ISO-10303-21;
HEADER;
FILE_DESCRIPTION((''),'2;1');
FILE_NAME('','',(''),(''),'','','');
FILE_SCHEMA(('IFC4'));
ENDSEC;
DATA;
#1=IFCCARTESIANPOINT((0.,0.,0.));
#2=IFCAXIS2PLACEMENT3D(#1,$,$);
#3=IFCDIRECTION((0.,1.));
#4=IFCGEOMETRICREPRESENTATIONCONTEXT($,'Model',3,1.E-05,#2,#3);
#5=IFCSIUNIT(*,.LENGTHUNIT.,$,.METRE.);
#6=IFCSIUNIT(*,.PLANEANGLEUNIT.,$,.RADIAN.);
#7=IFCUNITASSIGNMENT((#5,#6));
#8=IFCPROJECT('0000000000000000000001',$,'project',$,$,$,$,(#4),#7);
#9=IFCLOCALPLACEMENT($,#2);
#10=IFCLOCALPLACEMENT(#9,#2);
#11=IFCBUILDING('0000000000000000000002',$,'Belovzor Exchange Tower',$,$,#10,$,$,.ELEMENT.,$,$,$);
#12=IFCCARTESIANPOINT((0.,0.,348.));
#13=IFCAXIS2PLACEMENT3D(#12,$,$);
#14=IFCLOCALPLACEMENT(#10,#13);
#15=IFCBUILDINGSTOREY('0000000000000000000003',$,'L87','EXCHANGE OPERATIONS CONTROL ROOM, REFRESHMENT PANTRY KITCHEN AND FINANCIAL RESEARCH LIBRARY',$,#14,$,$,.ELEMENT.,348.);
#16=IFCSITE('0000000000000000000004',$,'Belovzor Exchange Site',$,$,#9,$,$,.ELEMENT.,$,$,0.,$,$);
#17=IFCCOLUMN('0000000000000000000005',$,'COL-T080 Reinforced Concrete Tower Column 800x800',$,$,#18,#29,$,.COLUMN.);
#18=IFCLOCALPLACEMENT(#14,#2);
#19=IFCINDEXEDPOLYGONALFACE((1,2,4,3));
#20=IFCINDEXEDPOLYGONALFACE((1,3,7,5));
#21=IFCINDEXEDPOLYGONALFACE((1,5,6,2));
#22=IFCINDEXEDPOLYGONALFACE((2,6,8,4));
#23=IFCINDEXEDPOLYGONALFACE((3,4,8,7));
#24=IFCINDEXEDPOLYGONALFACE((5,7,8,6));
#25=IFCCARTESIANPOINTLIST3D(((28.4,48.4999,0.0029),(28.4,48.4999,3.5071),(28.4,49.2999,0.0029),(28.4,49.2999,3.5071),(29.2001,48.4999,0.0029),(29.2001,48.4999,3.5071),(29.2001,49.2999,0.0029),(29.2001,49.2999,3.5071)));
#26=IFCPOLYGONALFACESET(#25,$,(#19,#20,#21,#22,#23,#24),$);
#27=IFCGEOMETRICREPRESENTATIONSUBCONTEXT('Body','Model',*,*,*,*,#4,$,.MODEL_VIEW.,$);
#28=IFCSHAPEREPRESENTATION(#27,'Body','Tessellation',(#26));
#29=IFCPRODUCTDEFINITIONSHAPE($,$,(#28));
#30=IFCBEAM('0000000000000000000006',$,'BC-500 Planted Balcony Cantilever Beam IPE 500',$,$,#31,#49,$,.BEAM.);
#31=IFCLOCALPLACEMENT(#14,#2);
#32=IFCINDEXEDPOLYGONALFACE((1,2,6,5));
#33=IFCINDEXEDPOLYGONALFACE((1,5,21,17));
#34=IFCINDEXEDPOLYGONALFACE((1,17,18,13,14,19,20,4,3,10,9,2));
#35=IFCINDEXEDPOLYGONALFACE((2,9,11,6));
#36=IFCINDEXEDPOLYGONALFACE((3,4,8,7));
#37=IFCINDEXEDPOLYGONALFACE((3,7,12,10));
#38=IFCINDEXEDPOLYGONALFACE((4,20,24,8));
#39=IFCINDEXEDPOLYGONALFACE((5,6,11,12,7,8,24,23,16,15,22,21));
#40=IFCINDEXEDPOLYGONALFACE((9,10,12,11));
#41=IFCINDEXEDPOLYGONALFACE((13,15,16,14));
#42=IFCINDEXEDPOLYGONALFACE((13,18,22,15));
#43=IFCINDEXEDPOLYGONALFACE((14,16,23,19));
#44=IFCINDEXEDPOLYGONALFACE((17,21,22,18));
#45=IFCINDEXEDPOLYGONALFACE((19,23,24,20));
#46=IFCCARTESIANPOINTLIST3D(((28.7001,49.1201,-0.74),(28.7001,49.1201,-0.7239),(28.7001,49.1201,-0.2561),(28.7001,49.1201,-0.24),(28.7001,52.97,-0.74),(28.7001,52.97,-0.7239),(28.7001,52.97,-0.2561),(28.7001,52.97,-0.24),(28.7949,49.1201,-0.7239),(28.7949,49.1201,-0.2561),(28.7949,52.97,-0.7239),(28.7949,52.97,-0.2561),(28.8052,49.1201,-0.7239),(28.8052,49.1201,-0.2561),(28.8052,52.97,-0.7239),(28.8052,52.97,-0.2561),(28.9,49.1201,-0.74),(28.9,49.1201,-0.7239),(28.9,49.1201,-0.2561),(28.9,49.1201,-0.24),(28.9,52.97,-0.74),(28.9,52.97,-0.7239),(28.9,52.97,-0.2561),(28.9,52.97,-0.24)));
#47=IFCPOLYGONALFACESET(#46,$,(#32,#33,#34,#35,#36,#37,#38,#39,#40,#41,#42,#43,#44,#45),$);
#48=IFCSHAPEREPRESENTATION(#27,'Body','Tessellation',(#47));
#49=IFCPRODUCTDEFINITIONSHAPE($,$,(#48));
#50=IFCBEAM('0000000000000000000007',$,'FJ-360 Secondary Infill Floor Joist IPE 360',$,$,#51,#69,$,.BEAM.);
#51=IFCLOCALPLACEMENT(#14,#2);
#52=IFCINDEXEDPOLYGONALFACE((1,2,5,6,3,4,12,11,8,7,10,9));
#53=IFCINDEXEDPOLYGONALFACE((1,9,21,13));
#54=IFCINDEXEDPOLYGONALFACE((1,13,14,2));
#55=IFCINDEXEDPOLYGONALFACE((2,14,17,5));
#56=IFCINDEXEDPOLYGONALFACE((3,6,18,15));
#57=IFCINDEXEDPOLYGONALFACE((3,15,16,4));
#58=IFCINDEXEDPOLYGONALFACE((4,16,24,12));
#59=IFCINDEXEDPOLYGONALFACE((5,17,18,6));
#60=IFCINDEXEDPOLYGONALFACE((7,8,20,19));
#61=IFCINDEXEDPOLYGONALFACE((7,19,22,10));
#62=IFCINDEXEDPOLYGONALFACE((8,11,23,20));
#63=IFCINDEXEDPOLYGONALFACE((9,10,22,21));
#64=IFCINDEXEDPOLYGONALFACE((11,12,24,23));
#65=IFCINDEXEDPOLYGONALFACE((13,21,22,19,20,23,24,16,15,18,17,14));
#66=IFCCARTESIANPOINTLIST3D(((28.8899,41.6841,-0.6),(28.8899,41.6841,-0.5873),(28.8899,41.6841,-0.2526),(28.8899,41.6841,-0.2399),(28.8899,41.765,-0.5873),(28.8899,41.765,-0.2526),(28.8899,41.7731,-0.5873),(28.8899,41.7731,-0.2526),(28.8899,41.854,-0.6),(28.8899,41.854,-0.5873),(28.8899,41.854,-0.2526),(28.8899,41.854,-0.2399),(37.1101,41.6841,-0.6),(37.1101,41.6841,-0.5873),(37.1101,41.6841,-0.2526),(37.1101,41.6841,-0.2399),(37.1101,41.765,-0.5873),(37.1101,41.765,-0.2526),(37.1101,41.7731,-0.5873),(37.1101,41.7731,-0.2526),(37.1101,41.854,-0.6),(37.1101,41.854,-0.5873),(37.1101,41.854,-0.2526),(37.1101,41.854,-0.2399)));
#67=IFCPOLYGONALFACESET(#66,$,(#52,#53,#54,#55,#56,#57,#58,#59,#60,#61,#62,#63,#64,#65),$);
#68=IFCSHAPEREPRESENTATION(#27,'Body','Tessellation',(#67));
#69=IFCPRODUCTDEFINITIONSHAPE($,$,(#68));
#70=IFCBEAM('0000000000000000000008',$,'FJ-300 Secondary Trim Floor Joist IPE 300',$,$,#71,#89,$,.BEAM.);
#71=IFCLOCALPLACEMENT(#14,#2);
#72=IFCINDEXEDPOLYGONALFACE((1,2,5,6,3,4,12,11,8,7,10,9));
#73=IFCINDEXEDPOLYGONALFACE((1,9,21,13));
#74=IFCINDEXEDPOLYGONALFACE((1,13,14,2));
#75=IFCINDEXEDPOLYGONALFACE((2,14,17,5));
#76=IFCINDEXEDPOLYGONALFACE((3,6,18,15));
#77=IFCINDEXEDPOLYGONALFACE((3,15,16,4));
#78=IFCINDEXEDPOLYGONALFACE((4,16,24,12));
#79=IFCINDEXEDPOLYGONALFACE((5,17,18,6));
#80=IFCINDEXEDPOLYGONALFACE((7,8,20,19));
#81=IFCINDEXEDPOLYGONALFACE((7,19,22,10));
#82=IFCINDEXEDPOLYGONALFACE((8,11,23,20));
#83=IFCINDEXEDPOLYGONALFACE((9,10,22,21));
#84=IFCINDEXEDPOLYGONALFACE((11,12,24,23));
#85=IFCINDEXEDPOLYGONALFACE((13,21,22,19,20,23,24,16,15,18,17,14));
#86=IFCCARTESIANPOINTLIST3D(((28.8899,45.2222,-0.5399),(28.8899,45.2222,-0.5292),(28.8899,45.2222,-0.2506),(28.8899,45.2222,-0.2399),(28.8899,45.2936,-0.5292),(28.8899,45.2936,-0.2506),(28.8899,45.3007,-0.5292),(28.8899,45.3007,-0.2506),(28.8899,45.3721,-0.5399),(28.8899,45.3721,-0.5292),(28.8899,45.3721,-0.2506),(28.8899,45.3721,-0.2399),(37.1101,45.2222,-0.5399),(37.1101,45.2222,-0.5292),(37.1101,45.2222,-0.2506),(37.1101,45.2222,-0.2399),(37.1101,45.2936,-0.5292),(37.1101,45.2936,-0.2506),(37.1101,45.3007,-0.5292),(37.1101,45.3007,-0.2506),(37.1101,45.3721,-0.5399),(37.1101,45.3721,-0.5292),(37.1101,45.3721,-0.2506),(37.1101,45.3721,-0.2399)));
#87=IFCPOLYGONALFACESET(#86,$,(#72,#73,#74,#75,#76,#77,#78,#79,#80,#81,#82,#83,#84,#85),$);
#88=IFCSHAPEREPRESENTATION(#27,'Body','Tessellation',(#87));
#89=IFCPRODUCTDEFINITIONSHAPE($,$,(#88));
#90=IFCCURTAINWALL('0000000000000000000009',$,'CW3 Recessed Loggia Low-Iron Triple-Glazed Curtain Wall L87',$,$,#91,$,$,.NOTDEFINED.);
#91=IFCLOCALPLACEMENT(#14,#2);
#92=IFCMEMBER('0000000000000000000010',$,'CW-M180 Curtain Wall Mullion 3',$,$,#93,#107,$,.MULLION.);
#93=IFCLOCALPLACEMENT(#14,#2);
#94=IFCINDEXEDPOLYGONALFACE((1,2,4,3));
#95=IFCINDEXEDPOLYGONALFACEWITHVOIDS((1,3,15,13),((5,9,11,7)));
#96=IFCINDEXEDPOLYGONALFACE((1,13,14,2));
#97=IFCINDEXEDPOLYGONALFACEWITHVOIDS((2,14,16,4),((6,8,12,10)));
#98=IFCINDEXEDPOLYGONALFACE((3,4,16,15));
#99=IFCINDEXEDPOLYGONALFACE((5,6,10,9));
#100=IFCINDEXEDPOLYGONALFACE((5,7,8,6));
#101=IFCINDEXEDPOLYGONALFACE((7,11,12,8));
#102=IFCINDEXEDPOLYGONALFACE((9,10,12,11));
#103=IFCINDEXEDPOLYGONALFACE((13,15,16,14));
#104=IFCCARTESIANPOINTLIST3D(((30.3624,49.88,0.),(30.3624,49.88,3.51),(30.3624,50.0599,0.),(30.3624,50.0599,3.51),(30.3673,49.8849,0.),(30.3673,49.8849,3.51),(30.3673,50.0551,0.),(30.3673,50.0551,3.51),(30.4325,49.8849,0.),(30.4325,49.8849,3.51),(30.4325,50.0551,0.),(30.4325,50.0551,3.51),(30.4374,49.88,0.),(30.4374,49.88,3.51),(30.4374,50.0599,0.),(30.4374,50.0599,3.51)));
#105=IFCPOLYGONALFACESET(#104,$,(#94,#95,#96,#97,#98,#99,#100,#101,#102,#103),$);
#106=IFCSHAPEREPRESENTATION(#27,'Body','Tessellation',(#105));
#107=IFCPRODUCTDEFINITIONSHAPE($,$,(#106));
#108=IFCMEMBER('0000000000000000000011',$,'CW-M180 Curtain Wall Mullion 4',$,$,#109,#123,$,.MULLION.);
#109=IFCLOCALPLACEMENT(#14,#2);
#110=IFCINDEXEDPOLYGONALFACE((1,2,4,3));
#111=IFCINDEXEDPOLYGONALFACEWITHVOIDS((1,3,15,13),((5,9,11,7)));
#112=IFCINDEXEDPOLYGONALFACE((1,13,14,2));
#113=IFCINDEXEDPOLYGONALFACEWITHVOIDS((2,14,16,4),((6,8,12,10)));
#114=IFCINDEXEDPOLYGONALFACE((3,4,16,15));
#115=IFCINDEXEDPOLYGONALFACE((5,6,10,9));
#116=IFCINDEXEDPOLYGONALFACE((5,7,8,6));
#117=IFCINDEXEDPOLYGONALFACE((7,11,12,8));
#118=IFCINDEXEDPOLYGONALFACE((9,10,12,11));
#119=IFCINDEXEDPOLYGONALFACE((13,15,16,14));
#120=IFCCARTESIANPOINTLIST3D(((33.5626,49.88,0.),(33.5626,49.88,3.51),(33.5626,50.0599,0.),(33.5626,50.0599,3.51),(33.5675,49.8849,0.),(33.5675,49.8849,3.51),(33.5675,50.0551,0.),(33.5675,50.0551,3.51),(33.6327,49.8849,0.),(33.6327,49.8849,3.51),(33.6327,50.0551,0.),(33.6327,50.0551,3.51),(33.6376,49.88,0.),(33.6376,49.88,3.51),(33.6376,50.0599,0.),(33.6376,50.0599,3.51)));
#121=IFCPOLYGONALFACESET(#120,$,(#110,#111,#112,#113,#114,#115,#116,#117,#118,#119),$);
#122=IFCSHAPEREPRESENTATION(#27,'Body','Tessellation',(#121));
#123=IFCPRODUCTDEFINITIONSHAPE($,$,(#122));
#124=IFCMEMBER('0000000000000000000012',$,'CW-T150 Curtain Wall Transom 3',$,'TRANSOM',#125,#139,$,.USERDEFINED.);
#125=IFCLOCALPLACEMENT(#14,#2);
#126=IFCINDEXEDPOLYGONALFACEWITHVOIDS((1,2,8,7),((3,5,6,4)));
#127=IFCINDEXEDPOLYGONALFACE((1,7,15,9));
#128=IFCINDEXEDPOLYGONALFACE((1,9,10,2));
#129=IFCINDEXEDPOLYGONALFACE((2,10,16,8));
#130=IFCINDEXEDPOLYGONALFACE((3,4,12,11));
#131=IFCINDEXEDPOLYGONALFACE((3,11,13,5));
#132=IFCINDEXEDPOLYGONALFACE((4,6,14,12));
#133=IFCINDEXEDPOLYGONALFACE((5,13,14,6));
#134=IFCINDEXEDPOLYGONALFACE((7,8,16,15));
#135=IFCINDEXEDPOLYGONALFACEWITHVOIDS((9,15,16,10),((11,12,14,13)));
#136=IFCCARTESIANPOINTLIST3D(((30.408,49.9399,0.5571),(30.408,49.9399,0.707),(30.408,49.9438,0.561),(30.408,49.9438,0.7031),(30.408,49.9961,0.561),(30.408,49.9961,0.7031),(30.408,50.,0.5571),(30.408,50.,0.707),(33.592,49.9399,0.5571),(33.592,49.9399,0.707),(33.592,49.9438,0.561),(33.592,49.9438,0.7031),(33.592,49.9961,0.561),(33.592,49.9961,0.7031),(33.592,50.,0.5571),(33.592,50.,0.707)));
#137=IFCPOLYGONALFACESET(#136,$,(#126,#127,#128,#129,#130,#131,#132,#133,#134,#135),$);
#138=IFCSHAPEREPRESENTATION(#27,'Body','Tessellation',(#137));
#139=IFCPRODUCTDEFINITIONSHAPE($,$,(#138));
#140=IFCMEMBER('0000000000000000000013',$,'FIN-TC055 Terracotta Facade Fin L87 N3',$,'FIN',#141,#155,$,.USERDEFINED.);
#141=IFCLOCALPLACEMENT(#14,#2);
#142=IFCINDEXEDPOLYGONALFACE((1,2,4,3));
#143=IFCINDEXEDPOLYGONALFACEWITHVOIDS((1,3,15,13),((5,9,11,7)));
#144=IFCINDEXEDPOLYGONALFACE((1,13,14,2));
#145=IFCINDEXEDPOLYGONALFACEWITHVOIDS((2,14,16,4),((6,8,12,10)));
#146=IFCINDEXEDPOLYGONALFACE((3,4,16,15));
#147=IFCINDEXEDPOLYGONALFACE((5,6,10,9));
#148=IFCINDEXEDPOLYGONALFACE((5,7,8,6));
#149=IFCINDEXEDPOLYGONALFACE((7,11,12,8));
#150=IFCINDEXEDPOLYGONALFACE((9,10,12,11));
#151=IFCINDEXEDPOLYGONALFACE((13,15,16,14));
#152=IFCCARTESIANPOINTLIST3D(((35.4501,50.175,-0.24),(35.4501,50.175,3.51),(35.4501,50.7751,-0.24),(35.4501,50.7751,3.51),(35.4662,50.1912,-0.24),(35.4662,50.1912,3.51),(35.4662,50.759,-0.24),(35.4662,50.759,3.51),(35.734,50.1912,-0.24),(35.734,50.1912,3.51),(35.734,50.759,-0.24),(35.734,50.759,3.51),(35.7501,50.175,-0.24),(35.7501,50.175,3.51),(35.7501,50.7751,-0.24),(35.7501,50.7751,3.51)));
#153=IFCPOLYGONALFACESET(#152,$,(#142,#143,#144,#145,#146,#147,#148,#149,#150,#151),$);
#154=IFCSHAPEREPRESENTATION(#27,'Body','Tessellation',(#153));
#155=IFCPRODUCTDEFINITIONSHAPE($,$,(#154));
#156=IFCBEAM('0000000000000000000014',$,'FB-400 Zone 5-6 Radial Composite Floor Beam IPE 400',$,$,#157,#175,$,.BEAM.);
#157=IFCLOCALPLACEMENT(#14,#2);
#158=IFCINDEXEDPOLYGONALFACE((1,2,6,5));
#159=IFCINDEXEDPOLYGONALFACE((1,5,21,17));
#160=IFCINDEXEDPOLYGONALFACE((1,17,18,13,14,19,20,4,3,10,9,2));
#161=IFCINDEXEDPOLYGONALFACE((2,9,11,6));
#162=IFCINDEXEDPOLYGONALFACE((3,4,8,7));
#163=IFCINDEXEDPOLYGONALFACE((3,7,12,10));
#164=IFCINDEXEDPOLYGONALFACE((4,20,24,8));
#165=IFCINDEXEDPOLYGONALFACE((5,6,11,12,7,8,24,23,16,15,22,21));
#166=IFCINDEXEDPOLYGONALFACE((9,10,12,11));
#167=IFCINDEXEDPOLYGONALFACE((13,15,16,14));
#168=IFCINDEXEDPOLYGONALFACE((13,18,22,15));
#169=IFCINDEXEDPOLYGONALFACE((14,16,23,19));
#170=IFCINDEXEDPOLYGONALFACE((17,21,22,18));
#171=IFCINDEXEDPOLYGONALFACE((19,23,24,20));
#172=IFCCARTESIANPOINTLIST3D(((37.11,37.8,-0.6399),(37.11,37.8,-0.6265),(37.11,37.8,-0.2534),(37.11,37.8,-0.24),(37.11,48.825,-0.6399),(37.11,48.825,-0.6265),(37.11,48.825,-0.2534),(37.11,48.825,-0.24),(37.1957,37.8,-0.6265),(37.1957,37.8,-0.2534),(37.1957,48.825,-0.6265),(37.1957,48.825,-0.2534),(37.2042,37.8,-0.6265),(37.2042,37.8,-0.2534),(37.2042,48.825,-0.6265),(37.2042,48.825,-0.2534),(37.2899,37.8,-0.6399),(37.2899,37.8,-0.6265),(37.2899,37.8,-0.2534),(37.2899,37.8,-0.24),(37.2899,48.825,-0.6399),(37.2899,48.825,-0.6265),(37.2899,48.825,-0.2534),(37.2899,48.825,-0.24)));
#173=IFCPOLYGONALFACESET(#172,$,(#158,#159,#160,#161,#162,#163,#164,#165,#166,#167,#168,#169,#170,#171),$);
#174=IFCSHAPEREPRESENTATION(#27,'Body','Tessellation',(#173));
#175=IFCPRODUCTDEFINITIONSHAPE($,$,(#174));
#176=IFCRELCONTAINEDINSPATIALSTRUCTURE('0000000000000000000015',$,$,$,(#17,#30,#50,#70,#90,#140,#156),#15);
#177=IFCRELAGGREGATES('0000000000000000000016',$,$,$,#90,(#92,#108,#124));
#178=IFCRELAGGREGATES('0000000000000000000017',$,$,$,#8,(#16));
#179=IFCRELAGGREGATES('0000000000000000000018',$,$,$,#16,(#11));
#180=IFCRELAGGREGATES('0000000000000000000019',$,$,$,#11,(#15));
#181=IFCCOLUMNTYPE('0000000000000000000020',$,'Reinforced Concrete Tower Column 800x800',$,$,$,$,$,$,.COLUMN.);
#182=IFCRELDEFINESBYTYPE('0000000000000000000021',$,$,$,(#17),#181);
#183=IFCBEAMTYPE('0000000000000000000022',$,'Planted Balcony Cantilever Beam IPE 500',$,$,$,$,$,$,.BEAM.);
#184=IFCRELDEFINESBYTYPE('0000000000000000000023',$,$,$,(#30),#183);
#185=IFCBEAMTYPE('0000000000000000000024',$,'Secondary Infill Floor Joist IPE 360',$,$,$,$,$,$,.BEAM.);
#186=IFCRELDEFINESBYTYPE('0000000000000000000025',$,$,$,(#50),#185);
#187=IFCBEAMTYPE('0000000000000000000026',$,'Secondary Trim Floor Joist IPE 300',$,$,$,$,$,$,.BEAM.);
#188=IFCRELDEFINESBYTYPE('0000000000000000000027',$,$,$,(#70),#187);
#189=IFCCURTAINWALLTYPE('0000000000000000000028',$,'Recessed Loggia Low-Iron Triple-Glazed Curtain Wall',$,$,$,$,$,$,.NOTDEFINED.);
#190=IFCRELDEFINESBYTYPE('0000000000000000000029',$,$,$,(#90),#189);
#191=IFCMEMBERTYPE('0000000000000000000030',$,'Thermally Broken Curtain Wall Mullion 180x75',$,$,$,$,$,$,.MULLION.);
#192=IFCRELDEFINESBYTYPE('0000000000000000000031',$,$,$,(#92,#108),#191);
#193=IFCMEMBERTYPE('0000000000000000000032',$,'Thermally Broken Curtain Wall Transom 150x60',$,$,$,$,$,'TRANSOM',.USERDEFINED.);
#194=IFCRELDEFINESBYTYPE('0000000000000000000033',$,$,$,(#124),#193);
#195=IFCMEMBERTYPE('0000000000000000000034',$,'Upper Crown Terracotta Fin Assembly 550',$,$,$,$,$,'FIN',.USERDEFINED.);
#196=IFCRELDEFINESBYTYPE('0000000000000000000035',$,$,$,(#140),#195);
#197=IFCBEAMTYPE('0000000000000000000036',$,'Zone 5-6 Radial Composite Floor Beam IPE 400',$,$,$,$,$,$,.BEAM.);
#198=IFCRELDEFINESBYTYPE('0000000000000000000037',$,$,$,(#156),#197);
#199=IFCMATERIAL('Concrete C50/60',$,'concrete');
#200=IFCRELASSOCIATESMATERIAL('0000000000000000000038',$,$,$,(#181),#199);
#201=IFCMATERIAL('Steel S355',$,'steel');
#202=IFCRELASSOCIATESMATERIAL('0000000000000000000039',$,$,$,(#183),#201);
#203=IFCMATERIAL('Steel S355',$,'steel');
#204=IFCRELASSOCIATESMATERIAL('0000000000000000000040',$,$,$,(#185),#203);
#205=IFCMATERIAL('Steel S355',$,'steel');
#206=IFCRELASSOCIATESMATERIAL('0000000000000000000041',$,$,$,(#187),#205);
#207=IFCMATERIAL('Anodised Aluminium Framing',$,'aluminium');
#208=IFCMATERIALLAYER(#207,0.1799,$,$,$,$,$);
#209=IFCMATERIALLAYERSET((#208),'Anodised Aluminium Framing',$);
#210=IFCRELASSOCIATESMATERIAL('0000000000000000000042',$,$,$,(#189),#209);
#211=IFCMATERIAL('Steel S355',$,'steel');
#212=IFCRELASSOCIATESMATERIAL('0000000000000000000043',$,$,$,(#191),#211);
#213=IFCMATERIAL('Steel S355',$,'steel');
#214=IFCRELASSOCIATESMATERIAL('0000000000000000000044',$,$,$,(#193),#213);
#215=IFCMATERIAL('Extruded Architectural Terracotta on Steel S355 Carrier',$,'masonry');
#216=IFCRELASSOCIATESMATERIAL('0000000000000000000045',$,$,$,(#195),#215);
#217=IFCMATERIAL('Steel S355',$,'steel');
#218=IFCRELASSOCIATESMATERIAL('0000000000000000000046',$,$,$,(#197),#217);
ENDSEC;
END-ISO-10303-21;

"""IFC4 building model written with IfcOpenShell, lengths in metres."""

from ifc_helpers import new_model, si_unit, direction, frame, origin, origin_2d, place, context, subcontext, project, spatial, rectangle, hollow_rectangle, i_section, extrude, material, layer, layer_set, material_profile, profile_set, type_object, element, aggregate, save


model = new_model("IFC4")

# Units and contexts
model_context = context("Model", 3, precision=1e-05, world=origin(), true_north=direction((0.0, 1.0)))
body_context = subcontext(model_context, "Body", "Model", "MODEL_VIEW")
ifc_project = project(units=[si_unit("LENGTHUNIT", "METRE"), si_unit("PLANEANGLEUNIT", "RADIAN")], contexts=[model_context])

# Site, building, storey
site_placement = place(None, origin())
site = spatial("IfcSite", under=ifc_project, at=site_placement, Name="Belovzor Exchange Site", CompositionType="ELEMENT", RefElevation=0.0)
building_placement = place(site_placement, origin())
building = spatial("IfcBuilding", under=site, at=building_placement, Name="Belovzor Exchange Tower", CompositionType="ELEMENT")
storey_placement = place(building_placement, frame((0.0, 0.0, 348.0)))
storey = spatial("IfcBuildingStorey", under=building, at=storey_placement, Name="L87", Description="EXCHANGE OPERATIONS CONTROL ROOM, REFRESHMENT PANTRY KITCHEN AND FINANCIAL RESEARCH LIBRARY", CompositionType="ELEMENT", Elevation=348.0)

# Column
ifc_material_1 = material(Name="Concrete C50/60", Category="concrete")
ifc_material_profile_1 = material_profile(ifc_material_1, rectangle(XDim=0.8, YDim=0.8, at=origin_2d()))
ifc_profile_set_1 = profile_set([ifc_material_profile_1], Name="Concrete C50/60")
column_type = type_object("IfcColumnType", Name="Reinforced Concrete Tower Column 800x800", PredefinedType="COLUMN", material=ifc_profile_set_1)
column_placement = place(storey_placement, frame((28.8, 48.8999, 0.0029), z_axis=(0.0, 0.0, 1.0), x_axis=(1.0, 0.0, 0.0)))
element("IfcColumn", 1, at=column_placement, inside=storey, type_object=column_type, Name="COL-T080 Reinforced Concrete Tower Column 800x800", PredefinedType="COLUMN", context=body_context, shape_type="SweptSolid", body=[
    extrude(rectangle(XDim=0.8, YDim=0.8, at=origin_2d()), origin(), (0.0, 0.0, 1.0), 3.5042),
])

# Beams
ifc_material_2 = material(Name="Steel S355", Category="steel")
ifc_material_profile_2 = material_profile(ifc_material_2, i_section(OverallWidth=0.2, OverallDepth=0.5, WebThickness=0.0103, FlangeThickness=0.0161, at=origin_2d()))
ifc_profile_set_2 = profile_set([ifc_material_profile_2], Name="Steel S355")
beam_type_1 = type_object("IfcBeamType", Name="Planted Balcony Cantilever Beam IPE 500", PredefinedType="BEAM", material=ifc_profile_set_2)
beam_1_placement = place(storey_placement, frame((28.8, 49.1201, -0.49), z_axis=(0.0, 1.0, 0.0), x_axis=(-1.0, 0.0, 0.0)))
element("IfcBeam", 2, at=beam_1_placement, inside=storey, type_object=beam_type_1, Name="BC-500 Planted Balcony Cantilever Beam IPE 500", PredefinedType="BEAM", context=body_context, shape_type="SweptSolid", body=[
    extrude(i_section(OverallWidth=0.2, OverallDepth=0.5, WebThickness=0.0103, FlangeThickness=0.0161, at=origin_2d()), origin(), (0.0, 0.0, 1.0), 3.8499),
])
ifc_material_3 = material(Name="Steel S355", Category="steel")
ifc_material_profile_3 = material_profile(ifc_material_3, i_section(OverallWidth=0.1699, OverallDepth=0.3601, WebThickness=0.0081, FlangeThickness=0.0127, at=origin_2d()))
ifc_profile_set_3 = profile_set([ifc_material_profile_3], Name="Steel S355")
beam_type_2 = type_object("IfcBeamType", Name="Secondary Infill Floor Joist IPE 360", PredefinedType="BEAM", material=ifc_profile_set_3)
beam_2_placement = place(storey_placement, frame((28.8899, 41.769, -0.4199), z_axis=(1.0, 0.0, 0.0), x_axis=(0.0, 1.0, 0.0)))
element("IfcBeam", 3, at=beam_2_placement, inside=storey, type_object=beam_type_2, Name="FJ-360 Secondary Infill Floor Joist IPE 360", PredefinedType="BEAM", context=body_context, shape_type="SweptSolid", body=[
    extrude(i_section(OverallWidth=0.1699, OverallDepth=0.3601, WebThickness=0.0081, FlangeThickness=0.0127, at=origin_2d()), origin(), (0.0, 0.0, 1.0), 8.2202),
])
ifc_material_4 = material(Name="Steel S355", Category="steel")
ifc_material_profile_4 = material_profile(ifc_material_4, i_section(OverallWidth=0.1499, OverallDepth=0.3, WebThickness=0.0071, FlangeThickness=0.0107, at=origin_2d()))
ifc_profile_set_4 = profile_set([ifc_material_profile_4], Name="Steel S355")
beam_type_3 = type_object("IfcBeamType", Name="Secondary Trim Floor Joist IPE 300", PredefinedType="BEAM", material=ifc_profile_set_4)
beam_3_placement = place(storey_placement, frame((28.8899, 45.2971, -0.3899), z_axis=(1.0, 0.0, 0.0), x_axis=(0.0, 1.0, 0.0)))
element("IfcBeam", 4, at=beam_3_placement, inside=storey, type_object=beam_type_3, Name="FJ-300 Secondary Trim Floor Joist IPE 300", PredefinedType="BEAM", context=body_context, shape_type="SweptSolid", body=[
    extrude(i_section(OverallWidth=0.1499, OverallDepth=0.3, WebThickness=0.0071, FlangeThickness=0.0107, at=origin_2d()), origin(), (0.0, 0.0, 1.0), 8.2202),
])

# Curtain wall, members
ifc_material_5 = material(Name="Anodised Aluminium Framing", Category="aluminium")
ifc_layer_1 = layer(ifc_material_5, 0.1799)
ifc_layer_set_1 = layer_set([ifc_layer_1], Name="Anodised Aluminium Framing")
curtain_wall_type = type_object("IfcCurtainWallType", Name="Recessed Loggia Low-Iron Triple-Glazed Curtain Wall", PredefinedType="NOTDEFINED", material=ifc_layer_set_1)
curtain_wall_placement = place(storey_placement, origin())
curtain_wall = element("IfcCurtainWall", 5, at=curtain_wall_placement, inside=storey, type_object=curtain_wall_type, Name="CW3 Recessed Loggia Low-Iron Triple-Glazed Curtain Wall L87", PredefinedType="NOTDEFINED")
ifc_material_6 = material(Name="Steel S355", Category="steel")
ifc_material_profile_5 = material_profile(ifc_material_6, hollow_rectangle(XDim=0.075, YDim=0.1799, WallThickness=0.0049, at=origin_2d()))
ifc_profile_set_5 = profile_set([ifc_material_profile_5], Name="Steel S355")
member_type_1 = type_object("IfcMemberType", Name="Thermally Broken Curtain Wall Mullion 180x75", PredefinedType="MULLION", material=ifc_profile_set_5)
member_1_placement = place(storey_placement, frame((30.3999, 49.97, 0.0), z_axis=(0.0, 0.0, 1.0), x_axis=(1.0, 0.0, 0.0)))
member_1 = element("IfcMember", 6, at=member_1_placement, type_object=member_type_1, Name="CW-M180 Curtain Wall Mullion 3", PredefinedType="MULLION", context=body_context, shape_type="SweptSolid", body=[
    extrude(hollow_rectangle(XDim=0.075, YDim=0.1799, WallThickness=0.0049, at=origin_2d()), origin(), (0.0, 0.0, 1.0), 3.51),
])
member_2_placement = place(storey_placement, frame((33.6001, 49.97, 0.0), z_axis=(0.0, 0.0, 1.0), x_axis=(1.0, 0.0, 0.0)))
member_2 = element("IfcMember", 7, at=member_2_placement, type_object=member_type_1, Name="CW-M180 Curtain Wall Mullion 4", PredefinedType="MULLION", context=body_context, shape_type="SweptSolid", body=[
    extrude(hollow_rectangle(XDim=0.075, YDim=0.1799, WallThickness=0.0049, at=origin_2d()), origin(), (0.0, 0.0, 1.0), 3.51),
])
ifc_material_7 = material(Name="Steel S355", Category="steel")
ifc_material_profile_6 = material_profile(ifc_material_7, hollow_rectangle(XDim=0.0601, YDim=0.1499, WallThickness=0.0039, at=origin_2d()))
ifc_profile_set_6 = profile_set([ifc_material_profile_6], Name="Steel S355")
member_type_2 = type_object("IfcMemberType", Name="Thermally Broken Curtain Wall Transom 150x60", ElementType="TRANSOM", PredefinedType="USERDEFINED", material=ifc_profile_set_6)
member_3_placement = place(storey_placement, frame((30.408, 49.97, 0.6321), z_axis=(1.0, 0.0, 0.0), x_axis=(0.0, 1.0, 0.0)))
member_3 = element("IfcMember", 8, at=member_3_placement, type_object=member_type_2, Name="CW-T150 Curtain Wall Transom 3", ObjectType="TRANSOM", PredefinedType="USERDEFINED", context=body_context, shape_type="SweptSolid", body=[
    extrude(hollow_rectangle(XDim=0.0601, YDim=0.1499, WallThickness=0.0039, at=origin_2d()), origin(), (0.0, 0.0, 1.0), 3.1841),
])

# Member
ifc_material_8 = material(Name="Extruded Architectural Terracotta on Steel S355 Carrier", Category="masonry")
ifc_material_profile_7 = material_profile(ifc_material_8, hollow_rectangle(XDim=0.3, YDim=0.6001, WallThickness=0.0161, at=origin_2d()))
ifc_profile_set_7 = profile_set([ifc_material_profile_7], Name="Extruded Architectural Terracotta on Steel S355 Carrier")
member_type_3 = type_object("IfcMemberType", Name="Upper Crown Terracotta Fin Assembly 550", ElementType="FIN", PredefinedType="USERDEFINED", material=ifc_profile_set_7)
member_4_placement = place(storey_placement, frame((35.6001, 50.4751, -0.24), z_axis=(0.0, 0.0, 1.0), x_axis=(1.0, 0.0, 0.0)))
element("IfcMember", 9, at=member_4_placement, inside=storey, type_object=member_type_3, Name="FIN-TC055 Terracotta Facade Fin L87 N3", ObjectType="FIN", PredefinedType="USERDEFINED", context=body_context, shape_type="SweptSolid", body=[
    extrude(hollow_rectangle(XDim=0.3, YDim=0.6001, WallThickness=0.0161, at=origin_2d()), origin(), (0.0, 0.0, 1.0), 3.75),
])

# Beam
ifc_material_9 = material(Name="Steel S355", Category="steel")
ifc_material_profile_8 = material_profile(ifc_material_9, i_section(OverallWidth=0.1799, OverallDepth=0.3999, WebThickness=0.0085, FlangeThickness=0.0134, at=origin_2d()))
ifc_profile_set_8 = profile_set([ifc_material_profile_8], Name="Steel S355")
beam_type_4 = type_object("IfcBeamType", Name="Zone 5-6 Radial Composite Floor Beam IPE 400", PredefinedType="BEAM", material=ifc_profile_set_8)
beam_4_placement = place(storey_placement, frame((37.2, 37.8, -0.4399), z_axis=(0.0, 1.0, 0.0), x_axis=(-1.0, 0.0, 0.0)))
element("IfcBeam", 10, at=beam_4_placement, inside=storey, type_object=beam_type_4, Name="FB-400 Zone 5-6 Radial Composite Floor Beam IPE 400", PredefinedType="BEAM", context=body_context, shape_type="SweptSolid", body=[
    extrude(i_section(OverallWidth=0.1799, OverallDepth=0.3999, WebThickness=0.0085, FlangeThickness=0.0134, at=origin_2d()), origin(), (0.0, 0.0, 1.0), 11.0249),
])

aggregate(curtain_wall, [member_1, member_2, member_3])

save(model, "model.ifc")
